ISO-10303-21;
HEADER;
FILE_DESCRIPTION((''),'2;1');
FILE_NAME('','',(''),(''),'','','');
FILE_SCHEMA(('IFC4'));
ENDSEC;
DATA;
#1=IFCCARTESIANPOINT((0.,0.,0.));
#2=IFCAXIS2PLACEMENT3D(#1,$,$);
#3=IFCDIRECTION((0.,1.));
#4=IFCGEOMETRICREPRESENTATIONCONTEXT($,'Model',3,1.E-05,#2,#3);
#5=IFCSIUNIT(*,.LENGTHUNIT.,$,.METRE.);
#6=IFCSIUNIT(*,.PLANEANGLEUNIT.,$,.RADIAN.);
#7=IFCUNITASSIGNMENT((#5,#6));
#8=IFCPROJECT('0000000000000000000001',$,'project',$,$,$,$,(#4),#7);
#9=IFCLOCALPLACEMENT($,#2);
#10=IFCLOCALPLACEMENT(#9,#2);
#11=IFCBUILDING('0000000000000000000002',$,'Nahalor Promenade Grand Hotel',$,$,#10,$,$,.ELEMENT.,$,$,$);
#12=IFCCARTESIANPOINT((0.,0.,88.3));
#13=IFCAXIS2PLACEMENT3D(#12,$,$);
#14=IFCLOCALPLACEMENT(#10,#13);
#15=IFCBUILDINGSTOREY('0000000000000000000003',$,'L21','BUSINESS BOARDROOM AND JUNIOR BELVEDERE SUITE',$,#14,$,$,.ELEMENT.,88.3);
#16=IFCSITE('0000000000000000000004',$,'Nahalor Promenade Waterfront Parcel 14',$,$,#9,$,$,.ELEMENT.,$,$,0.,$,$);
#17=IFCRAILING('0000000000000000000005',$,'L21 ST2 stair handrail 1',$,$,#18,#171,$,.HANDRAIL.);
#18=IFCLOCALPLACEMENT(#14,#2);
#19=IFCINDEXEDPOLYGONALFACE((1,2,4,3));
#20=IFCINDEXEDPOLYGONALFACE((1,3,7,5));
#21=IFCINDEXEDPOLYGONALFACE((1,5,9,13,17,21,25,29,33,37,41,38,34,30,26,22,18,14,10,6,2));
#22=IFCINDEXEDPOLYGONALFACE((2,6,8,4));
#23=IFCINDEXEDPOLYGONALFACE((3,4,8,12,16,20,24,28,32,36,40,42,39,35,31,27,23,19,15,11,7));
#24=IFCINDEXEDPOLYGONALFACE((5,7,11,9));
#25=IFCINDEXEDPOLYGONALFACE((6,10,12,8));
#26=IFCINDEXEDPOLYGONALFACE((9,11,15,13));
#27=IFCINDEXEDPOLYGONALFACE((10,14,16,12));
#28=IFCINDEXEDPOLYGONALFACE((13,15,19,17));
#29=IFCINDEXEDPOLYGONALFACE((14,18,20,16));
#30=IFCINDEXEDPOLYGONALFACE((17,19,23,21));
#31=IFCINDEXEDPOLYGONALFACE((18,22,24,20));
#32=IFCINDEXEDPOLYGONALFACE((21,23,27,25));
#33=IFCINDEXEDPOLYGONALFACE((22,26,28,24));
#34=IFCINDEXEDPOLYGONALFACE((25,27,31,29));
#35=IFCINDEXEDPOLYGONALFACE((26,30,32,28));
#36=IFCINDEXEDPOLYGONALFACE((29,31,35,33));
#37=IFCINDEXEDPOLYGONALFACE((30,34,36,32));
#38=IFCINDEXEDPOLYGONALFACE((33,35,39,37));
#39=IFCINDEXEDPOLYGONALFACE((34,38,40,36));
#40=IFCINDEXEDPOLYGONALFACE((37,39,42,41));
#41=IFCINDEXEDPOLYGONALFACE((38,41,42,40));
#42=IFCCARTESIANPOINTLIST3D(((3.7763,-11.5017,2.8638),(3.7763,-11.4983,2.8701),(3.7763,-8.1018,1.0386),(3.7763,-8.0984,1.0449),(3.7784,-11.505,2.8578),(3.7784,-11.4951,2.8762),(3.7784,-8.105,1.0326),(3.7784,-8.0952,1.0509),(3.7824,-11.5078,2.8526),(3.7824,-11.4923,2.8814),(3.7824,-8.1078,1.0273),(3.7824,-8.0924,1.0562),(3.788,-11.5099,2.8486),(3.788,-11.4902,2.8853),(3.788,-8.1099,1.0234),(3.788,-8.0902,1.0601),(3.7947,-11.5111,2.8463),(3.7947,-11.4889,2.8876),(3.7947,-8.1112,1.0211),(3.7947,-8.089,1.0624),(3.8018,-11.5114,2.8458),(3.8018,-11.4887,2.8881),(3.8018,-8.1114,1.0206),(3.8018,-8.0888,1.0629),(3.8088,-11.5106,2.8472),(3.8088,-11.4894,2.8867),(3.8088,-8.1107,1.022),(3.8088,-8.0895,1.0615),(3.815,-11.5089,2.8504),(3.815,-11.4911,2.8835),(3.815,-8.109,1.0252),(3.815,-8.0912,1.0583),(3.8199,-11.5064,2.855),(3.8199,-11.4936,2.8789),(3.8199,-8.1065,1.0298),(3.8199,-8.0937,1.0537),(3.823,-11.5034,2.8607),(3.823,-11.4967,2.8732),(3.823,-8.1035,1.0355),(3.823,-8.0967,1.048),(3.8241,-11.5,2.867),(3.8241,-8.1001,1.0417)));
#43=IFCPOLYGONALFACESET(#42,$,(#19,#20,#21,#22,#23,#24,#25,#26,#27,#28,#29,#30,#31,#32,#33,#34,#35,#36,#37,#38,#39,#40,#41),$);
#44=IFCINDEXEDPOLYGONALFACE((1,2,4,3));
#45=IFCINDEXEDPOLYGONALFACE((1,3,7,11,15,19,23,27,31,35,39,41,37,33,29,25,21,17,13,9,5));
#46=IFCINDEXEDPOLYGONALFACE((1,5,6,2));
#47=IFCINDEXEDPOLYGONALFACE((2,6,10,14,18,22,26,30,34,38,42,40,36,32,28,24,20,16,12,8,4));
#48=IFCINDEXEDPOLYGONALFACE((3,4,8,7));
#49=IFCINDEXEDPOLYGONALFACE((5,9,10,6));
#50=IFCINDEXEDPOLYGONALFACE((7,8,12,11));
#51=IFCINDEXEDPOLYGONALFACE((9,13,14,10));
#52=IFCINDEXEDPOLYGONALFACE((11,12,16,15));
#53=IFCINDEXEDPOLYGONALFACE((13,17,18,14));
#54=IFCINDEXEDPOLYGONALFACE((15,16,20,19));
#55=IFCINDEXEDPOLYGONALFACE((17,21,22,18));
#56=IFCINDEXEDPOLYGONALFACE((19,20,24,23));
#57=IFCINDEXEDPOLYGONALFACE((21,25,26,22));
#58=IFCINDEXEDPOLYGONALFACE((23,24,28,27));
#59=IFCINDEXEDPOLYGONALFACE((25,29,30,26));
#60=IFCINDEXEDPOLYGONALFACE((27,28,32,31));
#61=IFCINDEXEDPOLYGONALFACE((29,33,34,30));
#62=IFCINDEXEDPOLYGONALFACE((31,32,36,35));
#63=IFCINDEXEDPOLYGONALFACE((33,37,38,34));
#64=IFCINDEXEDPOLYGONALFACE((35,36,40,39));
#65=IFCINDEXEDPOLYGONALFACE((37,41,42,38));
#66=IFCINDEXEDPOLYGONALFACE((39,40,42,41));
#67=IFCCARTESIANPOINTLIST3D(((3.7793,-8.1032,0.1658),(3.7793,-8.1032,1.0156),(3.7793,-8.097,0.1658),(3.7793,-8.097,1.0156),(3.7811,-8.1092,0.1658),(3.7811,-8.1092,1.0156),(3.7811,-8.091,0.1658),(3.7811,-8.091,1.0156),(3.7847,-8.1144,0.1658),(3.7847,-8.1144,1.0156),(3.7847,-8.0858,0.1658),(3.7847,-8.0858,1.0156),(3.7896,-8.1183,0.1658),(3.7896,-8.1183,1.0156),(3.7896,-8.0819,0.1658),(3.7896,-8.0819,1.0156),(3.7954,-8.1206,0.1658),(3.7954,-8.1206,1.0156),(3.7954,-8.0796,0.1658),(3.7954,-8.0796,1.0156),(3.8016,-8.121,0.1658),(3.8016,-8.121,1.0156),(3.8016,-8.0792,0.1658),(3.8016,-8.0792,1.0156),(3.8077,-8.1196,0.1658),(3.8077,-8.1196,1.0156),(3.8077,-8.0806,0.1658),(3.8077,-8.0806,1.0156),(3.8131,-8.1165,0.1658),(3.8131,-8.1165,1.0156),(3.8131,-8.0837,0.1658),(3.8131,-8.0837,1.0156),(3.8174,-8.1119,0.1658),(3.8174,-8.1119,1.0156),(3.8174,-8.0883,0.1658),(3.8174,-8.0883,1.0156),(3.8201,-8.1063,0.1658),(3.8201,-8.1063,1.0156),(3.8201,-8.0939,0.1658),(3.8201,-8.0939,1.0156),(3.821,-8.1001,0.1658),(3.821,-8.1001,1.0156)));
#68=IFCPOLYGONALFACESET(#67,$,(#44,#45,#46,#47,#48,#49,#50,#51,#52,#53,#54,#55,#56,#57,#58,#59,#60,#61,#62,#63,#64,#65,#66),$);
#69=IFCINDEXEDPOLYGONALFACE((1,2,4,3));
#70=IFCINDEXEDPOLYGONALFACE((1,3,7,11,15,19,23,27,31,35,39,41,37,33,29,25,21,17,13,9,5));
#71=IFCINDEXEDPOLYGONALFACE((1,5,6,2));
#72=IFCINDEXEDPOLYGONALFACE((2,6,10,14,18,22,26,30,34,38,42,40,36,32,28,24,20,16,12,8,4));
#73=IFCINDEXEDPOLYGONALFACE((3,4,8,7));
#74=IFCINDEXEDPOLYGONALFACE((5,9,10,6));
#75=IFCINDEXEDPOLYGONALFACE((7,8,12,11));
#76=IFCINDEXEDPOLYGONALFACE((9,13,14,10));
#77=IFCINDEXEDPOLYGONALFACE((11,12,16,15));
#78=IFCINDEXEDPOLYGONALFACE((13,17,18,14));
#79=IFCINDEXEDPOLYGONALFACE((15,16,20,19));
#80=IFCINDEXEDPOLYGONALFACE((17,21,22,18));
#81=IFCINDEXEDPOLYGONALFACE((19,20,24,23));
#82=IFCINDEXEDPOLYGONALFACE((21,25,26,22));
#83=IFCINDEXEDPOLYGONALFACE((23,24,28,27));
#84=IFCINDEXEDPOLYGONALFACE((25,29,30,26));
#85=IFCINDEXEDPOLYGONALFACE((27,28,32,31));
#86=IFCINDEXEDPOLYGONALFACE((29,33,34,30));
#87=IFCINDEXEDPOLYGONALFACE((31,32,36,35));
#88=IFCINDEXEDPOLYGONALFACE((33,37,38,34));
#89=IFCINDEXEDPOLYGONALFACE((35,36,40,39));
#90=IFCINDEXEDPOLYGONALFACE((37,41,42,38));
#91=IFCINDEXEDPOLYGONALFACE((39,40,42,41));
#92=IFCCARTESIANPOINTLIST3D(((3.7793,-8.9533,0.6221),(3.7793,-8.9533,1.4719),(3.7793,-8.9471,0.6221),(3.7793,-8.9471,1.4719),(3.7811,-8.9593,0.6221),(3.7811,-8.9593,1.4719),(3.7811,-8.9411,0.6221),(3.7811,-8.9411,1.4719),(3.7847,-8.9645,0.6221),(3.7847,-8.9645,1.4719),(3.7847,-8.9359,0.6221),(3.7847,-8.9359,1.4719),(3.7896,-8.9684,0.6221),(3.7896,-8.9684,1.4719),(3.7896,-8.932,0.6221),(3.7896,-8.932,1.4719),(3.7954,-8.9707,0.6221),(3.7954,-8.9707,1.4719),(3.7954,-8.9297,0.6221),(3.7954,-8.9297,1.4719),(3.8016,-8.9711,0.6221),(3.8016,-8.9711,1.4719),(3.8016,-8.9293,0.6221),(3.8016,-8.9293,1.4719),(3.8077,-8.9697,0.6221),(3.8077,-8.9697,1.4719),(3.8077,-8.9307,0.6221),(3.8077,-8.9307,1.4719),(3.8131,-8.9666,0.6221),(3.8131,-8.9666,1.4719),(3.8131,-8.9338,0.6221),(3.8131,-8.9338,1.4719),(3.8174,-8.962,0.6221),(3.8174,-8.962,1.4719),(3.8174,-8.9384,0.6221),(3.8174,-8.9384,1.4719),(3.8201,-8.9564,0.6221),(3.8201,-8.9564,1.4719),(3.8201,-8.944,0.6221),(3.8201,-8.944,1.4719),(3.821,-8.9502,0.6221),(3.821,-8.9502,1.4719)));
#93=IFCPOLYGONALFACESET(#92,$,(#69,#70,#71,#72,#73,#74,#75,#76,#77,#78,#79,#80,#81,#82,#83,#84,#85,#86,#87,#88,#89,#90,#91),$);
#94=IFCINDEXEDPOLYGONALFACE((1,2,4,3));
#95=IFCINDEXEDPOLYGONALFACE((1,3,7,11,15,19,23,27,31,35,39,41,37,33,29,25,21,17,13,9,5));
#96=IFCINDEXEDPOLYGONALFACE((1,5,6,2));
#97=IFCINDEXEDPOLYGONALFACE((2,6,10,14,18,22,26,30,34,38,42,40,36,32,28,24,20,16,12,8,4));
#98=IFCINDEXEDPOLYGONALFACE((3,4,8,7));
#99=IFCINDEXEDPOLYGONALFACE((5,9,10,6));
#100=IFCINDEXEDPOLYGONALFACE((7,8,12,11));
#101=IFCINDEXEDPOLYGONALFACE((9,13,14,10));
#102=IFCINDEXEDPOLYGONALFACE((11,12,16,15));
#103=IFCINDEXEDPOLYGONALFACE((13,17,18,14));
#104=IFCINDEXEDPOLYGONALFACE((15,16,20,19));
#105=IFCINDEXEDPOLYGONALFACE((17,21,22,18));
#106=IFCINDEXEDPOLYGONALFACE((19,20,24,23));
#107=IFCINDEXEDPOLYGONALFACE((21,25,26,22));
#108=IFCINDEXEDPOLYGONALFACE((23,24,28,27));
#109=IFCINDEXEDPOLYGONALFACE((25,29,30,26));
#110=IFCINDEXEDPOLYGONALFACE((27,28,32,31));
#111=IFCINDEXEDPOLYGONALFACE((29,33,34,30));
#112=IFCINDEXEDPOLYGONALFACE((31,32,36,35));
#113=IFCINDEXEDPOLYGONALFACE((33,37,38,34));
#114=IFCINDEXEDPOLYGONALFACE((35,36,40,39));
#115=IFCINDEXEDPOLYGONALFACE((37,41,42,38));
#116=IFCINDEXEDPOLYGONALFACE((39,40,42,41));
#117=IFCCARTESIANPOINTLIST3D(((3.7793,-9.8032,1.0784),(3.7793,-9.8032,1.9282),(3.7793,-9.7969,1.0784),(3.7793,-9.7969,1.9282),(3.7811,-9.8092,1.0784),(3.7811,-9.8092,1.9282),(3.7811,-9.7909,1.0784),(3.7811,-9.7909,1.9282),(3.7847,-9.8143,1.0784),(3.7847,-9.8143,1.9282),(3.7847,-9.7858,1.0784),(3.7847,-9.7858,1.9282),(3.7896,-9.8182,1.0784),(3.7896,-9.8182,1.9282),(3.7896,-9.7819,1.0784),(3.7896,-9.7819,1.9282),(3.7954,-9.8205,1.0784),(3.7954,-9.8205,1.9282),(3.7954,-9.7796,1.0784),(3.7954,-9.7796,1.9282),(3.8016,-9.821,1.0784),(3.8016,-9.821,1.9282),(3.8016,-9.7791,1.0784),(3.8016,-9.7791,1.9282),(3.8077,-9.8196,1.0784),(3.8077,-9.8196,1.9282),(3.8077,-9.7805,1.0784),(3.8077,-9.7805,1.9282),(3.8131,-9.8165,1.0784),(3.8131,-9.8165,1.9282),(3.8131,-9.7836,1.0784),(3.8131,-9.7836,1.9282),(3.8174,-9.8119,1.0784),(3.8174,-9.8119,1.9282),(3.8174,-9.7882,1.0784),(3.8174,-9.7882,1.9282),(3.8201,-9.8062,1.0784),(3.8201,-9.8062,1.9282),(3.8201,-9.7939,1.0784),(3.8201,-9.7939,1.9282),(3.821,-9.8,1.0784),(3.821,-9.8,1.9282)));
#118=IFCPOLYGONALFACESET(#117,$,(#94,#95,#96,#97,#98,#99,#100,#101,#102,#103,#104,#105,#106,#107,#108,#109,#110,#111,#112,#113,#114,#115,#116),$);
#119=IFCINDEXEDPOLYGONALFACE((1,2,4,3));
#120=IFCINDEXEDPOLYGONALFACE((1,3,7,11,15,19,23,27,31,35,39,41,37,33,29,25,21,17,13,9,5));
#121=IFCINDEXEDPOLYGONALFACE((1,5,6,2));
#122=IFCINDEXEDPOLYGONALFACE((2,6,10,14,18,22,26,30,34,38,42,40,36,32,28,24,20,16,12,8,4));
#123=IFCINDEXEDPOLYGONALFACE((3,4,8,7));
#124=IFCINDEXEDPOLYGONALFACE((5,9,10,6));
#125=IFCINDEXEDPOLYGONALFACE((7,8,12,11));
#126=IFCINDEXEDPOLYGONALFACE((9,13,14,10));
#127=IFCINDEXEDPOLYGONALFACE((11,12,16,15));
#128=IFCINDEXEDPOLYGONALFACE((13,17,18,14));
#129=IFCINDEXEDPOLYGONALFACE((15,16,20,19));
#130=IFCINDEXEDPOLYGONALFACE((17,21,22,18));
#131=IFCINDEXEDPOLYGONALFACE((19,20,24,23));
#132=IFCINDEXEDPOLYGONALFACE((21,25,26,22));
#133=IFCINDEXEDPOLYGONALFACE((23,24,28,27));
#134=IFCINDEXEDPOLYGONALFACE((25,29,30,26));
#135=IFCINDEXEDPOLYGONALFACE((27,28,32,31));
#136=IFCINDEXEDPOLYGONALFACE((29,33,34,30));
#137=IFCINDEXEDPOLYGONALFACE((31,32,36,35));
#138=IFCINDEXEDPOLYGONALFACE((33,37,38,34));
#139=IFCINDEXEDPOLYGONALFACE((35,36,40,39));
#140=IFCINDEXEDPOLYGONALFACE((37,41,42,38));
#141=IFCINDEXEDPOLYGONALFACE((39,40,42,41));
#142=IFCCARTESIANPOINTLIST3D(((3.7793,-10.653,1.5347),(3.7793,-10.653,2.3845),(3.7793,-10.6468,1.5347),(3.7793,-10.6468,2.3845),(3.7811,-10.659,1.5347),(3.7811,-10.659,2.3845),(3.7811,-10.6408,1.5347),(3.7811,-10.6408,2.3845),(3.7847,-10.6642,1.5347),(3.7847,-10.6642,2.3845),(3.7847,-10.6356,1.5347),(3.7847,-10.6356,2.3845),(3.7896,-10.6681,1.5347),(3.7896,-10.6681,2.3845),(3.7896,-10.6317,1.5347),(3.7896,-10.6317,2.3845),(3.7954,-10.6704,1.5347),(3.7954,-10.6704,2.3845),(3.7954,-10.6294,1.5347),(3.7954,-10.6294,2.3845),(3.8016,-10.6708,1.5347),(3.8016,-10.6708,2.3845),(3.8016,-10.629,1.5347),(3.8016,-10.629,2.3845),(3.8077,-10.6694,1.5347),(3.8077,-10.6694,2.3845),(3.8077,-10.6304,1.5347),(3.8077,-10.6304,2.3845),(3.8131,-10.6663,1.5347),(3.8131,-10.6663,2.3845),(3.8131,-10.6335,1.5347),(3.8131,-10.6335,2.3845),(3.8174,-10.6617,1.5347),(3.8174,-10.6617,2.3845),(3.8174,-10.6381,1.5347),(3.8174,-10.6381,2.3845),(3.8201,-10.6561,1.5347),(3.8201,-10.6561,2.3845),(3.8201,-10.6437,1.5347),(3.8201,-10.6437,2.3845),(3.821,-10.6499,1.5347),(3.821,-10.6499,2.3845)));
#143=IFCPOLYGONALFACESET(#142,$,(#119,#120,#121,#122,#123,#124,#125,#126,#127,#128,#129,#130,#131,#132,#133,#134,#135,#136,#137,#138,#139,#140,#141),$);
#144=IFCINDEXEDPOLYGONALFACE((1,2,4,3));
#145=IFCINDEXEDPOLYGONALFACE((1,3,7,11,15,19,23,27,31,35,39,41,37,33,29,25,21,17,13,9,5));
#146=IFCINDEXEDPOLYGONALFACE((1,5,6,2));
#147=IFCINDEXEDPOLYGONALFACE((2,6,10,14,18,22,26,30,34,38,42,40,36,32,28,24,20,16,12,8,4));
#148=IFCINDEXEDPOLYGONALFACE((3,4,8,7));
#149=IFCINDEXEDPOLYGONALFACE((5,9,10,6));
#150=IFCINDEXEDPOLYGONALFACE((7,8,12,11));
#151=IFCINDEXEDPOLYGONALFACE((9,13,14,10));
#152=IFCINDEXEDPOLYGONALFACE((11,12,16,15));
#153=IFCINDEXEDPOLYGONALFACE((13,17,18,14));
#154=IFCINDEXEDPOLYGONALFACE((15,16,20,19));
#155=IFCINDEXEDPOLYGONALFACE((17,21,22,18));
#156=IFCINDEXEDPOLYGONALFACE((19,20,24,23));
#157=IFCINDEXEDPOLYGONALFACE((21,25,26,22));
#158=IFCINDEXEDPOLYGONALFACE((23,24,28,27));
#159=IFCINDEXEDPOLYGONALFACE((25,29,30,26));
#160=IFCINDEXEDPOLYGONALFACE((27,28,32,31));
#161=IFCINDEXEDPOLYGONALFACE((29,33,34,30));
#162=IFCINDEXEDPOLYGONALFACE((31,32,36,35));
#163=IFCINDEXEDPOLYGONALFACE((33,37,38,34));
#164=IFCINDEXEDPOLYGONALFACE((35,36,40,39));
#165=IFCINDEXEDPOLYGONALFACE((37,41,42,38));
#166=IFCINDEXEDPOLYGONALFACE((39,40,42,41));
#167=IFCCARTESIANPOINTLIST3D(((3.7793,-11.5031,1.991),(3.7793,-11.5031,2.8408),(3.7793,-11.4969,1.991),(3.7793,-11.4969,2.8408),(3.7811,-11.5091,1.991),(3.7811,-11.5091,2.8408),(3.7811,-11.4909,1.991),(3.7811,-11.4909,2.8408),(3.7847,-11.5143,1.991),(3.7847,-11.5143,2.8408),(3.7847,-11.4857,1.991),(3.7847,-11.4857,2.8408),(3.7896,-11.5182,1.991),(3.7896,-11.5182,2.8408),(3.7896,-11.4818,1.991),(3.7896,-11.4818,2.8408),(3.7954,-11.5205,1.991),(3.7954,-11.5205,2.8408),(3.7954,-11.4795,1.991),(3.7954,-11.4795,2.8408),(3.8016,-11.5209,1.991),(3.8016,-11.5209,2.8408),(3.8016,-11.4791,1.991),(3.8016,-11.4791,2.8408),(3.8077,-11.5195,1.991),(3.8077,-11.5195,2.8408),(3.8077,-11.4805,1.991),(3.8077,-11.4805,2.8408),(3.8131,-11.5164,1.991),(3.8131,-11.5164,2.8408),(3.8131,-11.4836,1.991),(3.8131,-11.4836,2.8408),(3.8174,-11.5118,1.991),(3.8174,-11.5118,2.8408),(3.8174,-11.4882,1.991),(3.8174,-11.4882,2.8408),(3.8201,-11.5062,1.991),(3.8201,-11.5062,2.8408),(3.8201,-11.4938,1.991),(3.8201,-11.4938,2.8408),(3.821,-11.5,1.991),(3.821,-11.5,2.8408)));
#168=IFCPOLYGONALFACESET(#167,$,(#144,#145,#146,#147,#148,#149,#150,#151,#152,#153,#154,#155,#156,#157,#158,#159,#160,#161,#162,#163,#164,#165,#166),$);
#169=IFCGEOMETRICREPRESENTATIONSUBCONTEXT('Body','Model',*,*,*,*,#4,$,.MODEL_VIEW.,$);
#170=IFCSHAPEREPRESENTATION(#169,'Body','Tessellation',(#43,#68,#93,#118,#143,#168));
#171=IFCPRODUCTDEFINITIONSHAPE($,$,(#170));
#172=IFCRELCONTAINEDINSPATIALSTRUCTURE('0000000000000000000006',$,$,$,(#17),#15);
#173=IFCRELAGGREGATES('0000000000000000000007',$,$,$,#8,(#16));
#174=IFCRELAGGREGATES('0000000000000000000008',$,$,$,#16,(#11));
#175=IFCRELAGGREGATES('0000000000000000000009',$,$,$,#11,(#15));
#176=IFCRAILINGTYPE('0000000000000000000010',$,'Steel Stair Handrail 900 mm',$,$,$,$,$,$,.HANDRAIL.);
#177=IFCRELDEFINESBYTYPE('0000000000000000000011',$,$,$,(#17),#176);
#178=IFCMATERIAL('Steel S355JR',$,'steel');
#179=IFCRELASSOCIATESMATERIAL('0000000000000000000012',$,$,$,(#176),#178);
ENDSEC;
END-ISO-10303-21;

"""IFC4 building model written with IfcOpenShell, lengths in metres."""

from ifc_helpers import new_model, si_unit, direction, frame, origin, origin_2d, place, context, subcontext, project, spatial, circle, extrude, material, type_object, element, save


model = new_model("IFC4")

# Units and contexts
model_context = context("Model", 3, precision=1e-05, world=origin(), true_north=direction((0.0, 1.0)))
body_context = subcontext(model_context, "Body", "Model", "MODEL_VIEW")
ifc_project = project(units=[si_unit("LENGTHUNIT", "METRE"), si_unit("PLANEANGLEUNIT", "RADIAN")], contexts=[model_context])

# Site, building, storey
site_placement = place(None, origin())
site = spatial("IfcSite", under=ifc_project, at=site_placement, Name="Nahalor Promenade Waterfront Parcel 14", CompositionType="ELEMENT", RefElevation=0.0)
building_placement = place(site_placement, origin())
building = spatial("IfcBuilding", under=site, at=building_placement, Name="Nahalor Promenade Grand Hotel", CompositionType="ELEMENT")
storey_placement = place(building_placement, frame((0.0, 0.0, 88.3)))
storey = spatial("IfcBuildingStorey", under=building, at=storey_placement, Name="L21", Description="BUSINESS BOARDROOM AND JUNIOR BELVEDERE SUITE", CompositionType="ELEMENT", Elevation=88.3)

# Shared definitions
ifc_material_1 = material(Name="Steel S355JR", Category="steel")

# Railing
railing_type_1 = type_object("IfcRailingType", Name="Steel Stair Handrail 900 mm", PredefinedType="HANDRAIL", material=ifc_material_1)
railing_1_placement = place(storey_placement, frame((3.8, -8.1001, 0.1658)))
element("IfcRailing", 1, at=railing_1_placement, inside=storey, type_object=railing_type_1, Name="L21 ST2 stair handrail 1", PredefinedType="HANDRAIL", context=body_context, shape_type="SweptSolid", body=[
    extrude(circle(Radius=0.024, at=origin_2d()), frame((0.0, 0.0, 0.876), z_axis=(0.0, -0.881068, 0.47299), x_axis=(1.0, 0.0, 0.0)), (0.0, 0.0, 1.0), 3.8589),
    extrude(circle(Radius=0.021, at=origin_2d()), origin(), (0.0, 0.0, 1.0), 0.8499),
    extrude(circle(Radius=0.021, at=origin_2d()), frame((0.0, -0.8501, 0.4563)), (0.0, 0.0, 1.0), 0.8499),
    extrude(circle(Radius=0.021, at=origin_2d()), frame((0.0, -1.7, 0.9126)), (0.0, 0.0, 1.0), 0.8499),
    extrude(circle(Radius=0.021, at=origin_2d()), frame((0.0, -2.5498, 1.3689)), (0.0, 0.0, 1.0), 0.8499),
    extrude(circle(Radius=0.021, at=origin_2d()), frame((0.0, -3.3999, 1.8252)), (0.0, 0.0, 1.0), 0.8499),
])

save(model, "model.ifc")
